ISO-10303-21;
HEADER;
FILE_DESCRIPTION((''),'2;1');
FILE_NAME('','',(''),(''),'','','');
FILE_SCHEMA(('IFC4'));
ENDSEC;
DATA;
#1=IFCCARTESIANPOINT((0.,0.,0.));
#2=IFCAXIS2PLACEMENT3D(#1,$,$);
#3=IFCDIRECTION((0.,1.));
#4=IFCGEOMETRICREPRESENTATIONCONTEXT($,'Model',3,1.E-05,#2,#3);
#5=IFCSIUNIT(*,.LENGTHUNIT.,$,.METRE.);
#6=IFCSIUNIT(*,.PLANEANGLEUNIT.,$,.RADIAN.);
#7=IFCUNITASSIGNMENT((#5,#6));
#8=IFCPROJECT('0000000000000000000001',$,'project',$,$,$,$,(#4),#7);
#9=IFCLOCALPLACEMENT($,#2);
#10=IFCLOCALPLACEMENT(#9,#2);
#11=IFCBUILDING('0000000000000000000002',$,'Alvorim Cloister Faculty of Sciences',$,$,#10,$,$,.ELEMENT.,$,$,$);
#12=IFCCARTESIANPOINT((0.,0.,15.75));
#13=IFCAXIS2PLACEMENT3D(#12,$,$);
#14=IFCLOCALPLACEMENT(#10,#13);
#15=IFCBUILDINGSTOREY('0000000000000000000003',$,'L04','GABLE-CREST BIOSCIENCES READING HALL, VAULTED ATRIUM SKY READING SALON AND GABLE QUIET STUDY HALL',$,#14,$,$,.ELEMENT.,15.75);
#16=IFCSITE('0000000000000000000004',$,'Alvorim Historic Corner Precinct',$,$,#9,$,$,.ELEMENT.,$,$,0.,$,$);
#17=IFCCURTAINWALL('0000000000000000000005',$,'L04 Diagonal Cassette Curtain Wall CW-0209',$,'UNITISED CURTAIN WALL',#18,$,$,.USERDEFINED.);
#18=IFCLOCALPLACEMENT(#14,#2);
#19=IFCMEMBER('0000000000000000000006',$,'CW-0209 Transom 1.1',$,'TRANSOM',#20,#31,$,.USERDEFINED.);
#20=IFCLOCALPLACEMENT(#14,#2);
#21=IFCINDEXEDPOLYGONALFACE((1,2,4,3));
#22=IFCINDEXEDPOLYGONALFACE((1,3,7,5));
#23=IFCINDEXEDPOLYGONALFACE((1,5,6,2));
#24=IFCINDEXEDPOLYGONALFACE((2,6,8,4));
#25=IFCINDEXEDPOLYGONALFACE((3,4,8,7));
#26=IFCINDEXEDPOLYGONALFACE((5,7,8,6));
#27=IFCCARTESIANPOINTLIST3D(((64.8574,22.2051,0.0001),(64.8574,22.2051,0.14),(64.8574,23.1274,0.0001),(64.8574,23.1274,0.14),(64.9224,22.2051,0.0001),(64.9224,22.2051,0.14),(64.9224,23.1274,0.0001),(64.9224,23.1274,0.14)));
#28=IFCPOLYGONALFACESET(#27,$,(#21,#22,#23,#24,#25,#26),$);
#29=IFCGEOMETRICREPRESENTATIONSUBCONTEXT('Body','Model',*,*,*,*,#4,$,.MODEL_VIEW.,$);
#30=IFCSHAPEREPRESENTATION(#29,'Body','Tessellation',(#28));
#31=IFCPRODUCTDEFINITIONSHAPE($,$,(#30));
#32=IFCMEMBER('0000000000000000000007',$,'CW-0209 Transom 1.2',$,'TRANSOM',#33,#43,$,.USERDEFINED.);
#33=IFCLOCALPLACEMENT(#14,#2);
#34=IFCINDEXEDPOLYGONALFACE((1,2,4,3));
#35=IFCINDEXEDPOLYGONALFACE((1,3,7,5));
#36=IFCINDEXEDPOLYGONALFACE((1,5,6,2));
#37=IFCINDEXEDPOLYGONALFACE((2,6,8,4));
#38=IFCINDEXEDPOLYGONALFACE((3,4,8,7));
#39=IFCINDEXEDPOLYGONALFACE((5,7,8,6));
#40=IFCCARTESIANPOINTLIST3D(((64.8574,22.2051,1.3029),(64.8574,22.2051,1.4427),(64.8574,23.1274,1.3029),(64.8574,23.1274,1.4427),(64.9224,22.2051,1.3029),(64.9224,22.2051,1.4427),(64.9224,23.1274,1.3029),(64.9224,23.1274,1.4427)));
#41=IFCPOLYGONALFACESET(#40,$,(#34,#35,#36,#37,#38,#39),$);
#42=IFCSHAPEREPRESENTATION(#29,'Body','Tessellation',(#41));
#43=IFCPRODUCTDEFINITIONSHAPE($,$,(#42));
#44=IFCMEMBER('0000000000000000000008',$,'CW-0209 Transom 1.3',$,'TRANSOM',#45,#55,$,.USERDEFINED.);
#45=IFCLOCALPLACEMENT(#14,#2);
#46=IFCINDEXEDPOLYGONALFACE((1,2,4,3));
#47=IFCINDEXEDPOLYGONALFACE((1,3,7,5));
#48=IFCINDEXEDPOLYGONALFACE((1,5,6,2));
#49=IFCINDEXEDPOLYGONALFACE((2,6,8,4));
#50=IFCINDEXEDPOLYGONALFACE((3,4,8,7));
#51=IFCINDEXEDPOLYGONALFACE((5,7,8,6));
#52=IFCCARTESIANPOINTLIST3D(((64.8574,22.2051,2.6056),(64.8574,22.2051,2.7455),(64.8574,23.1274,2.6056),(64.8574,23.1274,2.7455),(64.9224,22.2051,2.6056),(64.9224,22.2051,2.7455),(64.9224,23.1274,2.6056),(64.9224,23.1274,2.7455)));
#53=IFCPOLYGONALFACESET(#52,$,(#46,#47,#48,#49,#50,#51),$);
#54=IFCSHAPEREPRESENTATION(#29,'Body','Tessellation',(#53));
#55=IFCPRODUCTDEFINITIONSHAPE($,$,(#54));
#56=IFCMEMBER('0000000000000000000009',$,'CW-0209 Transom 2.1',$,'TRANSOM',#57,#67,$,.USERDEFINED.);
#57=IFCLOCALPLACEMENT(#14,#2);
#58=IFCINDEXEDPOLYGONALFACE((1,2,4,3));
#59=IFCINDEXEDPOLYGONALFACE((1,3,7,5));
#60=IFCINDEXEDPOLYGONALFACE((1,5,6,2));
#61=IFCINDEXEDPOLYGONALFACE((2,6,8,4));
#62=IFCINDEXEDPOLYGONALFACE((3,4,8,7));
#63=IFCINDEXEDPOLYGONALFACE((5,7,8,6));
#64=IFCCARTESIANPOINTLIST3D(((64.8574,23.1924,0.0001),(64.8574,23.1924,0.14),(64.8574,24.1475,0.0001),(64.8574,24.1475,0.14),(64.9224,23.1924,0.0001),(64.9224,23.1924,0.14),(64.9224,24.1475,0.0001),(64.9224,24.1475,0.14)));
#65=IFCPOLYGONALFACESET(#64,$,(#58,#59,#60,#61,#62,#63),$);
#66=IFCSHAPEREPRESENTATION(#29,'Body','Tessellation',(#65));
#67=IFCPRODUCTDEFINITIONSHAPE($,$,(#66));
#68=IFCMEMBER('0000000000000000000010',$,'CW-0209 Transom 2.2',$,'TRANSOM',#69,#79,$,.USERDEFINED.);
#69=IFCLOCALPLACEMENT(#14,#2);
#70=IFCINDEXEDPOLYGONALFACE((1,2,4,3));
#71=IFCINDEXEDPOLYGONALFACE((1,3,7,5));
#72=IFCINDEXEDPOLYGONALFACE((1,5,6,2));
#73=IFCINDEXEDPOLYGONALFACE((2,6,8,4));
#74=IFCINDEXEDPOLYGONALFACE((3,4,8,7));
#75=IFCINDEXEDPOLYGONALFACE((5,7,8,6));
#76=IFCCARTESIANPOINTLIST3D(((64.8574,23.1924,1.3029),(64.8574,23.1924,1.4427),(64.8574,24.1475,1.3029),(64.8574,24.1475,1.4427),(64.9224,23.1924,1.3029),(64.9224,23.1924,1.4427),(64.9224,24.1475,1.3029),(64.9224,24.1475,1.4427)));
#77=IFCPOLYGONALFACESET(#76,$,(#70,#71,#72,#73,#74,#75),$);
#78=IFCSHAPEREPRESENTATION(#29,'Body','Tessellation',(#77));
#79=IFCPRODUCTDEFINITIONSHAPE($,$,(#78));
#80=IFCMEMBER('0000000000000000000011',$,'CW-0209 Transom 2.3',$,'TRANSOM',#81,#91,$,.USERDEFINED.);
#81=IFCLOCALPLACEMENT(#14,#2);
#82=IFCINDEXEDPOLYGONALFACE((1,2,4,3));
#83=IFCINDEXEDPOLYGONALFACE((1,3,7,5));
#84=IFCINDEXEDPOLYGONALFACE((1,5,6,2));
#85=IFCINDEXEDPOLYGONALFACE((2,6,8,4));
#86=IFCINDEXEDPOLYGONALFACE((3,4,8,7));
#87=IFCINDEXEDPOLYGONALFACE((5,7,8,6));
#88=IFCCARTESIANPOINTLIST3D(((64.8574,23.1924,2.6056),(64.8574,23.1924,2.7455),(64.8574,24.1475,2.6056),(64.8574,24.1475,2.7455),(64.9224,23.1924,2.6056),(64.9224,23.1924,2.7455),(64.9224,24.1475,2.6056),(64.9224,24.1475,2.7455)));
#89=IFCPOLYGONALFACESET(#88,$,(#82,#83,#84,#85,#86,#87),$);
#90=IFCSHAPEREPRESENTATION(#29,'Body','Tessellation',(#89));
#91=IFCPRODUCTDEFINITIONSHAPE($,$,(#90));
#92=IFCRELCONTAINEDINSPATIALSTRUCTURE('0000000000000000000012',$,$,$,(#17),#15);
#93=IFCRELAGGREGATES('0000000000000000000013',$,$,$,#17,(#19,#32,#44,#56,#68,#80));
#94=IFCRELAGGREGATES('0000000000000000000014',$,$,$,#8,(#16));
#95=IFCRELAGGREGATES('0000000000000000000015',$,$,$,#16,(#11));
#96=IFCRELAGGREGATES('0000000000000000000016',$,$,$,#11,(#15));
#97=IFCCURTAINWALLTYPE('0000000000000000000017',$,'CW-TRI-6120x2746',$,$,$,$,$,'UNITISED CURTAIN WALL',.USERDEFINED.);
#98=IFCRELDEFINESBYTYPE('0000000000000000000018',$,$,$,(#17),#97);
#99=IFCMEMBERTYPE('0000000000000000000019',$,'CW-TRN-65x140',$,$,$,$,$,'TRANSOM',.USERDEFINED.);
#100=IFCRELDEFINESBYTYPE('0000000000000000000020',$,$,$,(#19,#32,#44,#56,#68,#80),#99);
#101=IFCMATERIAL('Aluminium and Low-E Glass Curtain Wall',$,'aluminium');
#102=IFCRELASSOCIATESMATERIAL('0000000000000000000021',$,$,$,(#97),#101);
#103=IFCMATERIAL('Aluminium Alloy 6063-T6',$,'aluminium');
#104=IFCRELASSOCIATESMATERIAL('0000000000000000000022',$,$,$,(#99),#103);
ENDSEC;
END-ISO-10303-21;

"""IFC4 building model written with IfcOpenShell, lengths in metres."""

from ifc_helpers import new_model, si_unit, direction, frame, origin, origin_2d, place, context, subcontext, project, spatial, rectangle, extrude, material, material_profile, profile_set, type_object, element, aggregate, save


model = new_model("IFC4")

# Units and contexts
model_context = context("Model", 3, precision=1e-05, world=origin(), true_north=direction((0.0, 1.0)))
body_context = subcontext(model_context, "Body", "Model", "MODEL_VIEW")
ifc_project = project(units=[si_unit("LENGTHUNIT", "METRE"), si_unit("PLANEANGLEUNIT", "RADIAN")], contexts=[model_context])

# Site, building, storey
site_placement = place(None, origin())
site = spatial("IfcSite", under=ifc_project, at=site_placement, Name="Alvorim Historic Corner Precinct", CompositionType="ELEMENT", RefElevation=0.0)
building_placement = place(site_placement, origin())
building = spatial("IfcBuilding", under=site, at=building_placement, Name="Alvorim Cloister Faculty of Sciences", CompositionType="ELEMENT")
storey_placement = place(building_placement, frame((0.0, 0.0, 15.75)))
storey = spatial("IfcBuildingStorey", under=building, at=storey_placement, Name="L04", Description="GABLE-CREST BIOSCIENCES READING HALL, VAULTED ATRIUM SKY READING SALON AND GABLE QUIET STUDY HALL", CompositionType="ELEMENT", Elevation=15.75)

# Curtain wall
ifc_material_1 = material(Name="Aluminium and Low-E Glass Curtain Wall", Category="aluminium")
ifc_material_2 = material(Name="Aluminium Alloy 6063-T6", Category="aluminium")
curtain_wall_type_1 = type_object("IfcCurtainWallType", Name="CW-TRI-6120x2746", ElementType="UNITISED CURTAIN WALL", PredefinedType="USERDEFINED", material=ifc_material_1)
curtain_wall_1_placement = place(storey_placement, origin())
curtain_wall_1 = element("IfcCurtainWall", 1, at=curtain_wall_1_placement, inside=storey, type_object=curtain_wall_type_1, Name="L04 Diagonal Cassette Curtain Wall CW-0209", ObjectType="UNITISED CURTAIN WALL", PredefinedType="USERDEFINED")

# Members
ifc_material_profile_1 = material_profile(ifc_material_2, rectangle(XDim=0.0649, YDim=0.1399, at=origin_2d()), Name="ALU-TRN-65x140")
ifc_profile_set_1 = profile_set([ifc_material_profile_1], Name="Aluminium Alloy 6063-T6")
member_type_1 = type_object("IfcMemberType", Name="CW-TRN-65x140", ElementType="TRANSOM", PredefinedType="USERDEFINED", material=ifc_profile_set_1)
member_1_placement = place(storey_placement, frame((64.8899, 22.2051, 0.0701), z_axis=(0.0, 1.0, 0.0), x_axis=(-1.0, 0.0, 0.0)))
member_1 = element("IfcMember", 2, at=member_1_placement, type_object=member_type_1, Name="CW-0209 Transom 1.1", ObjectType="TRANSOM", PredefinedType="USERDEFINED", context=body_context, shape_type="SweptSolid", body=[
    extrude(rectangle(XDim=0.0649, YDim=0.1399, at=origin_2d()), origin(), (0.0, 0.0, 1.0), 0.9224),
])
member_2_placement = place(storey_placement, frame((64.8899, 22.2051, 1.3728), z_axis=(0.0, 1.0, 0.0), x_axis=(-1.0, 0.0, 0.0)))
member_2 = element("IfcMember", 3, at=member_2_placement, type_object=member_type_1, Name="CW-0209 Transom 1.2", ObjectType="TRANSOM", PredefinedType="USERDEFINED", context=body_context, shape_type="SweptSolid", body=[
    extrude(rectangle(XDim=0.0649, YDim=0.1399, at=origin_2d()), origin(), (0.0, 0.0, 1.0), 0.9224),
])
member_3_placement = place(storey_placement, frame((64.8899, 22.2051, 2.6755), z_axis=(0.0, 1.0, 0.0), x_axis=(-1.0, 0.0, 0.0)))
member_3 = element("IfcMember", 4, at=member_3_placement, type_object=member_type_1, Name="CW-0209 Transom 1.3", ObjectType="TRANSOM", PredefinedType="USERDEFINED", context=body_context, shape_type="SweptSolid", body=[
    extrude(rectangle(XDim=0.0649, YDim=0.1399, at=origin_2d()), origin(), (0.0, 0.0, 1.0), 0.9224),
])
member_4_placement = place(storey_placement, frame((64.8899, 23.1924, 0.0701), z_axis=(0.0, 1.0, 0.0), x_axis=(-1.0, 0.0, 0.0)))
member_4 = element("IfcMember", 5, at=member_4_placement, type_object=member_type_1, Name="CW-0209 Transom 2.1", ObjectType="TRANSOM", PredefinedType="USERDEFINED", context=body_context, shape_type="SweptSolid", body=[
    extrude(rectangle(XDim=0.0649, YDim=0.1399, at=origin_2d()), origin(), (0.0, 0.0, 1.0), 0.9551),
])
member_5_placement = place(storey_placement, frame((64.8899, 23.1924, 1.3728), z_axis=(0.0, 1.0, 0.0), x_axis=(-1.0, 0.0, 0.0)))
member_5 = element("IfcMember", 6, at=member_5_placement, type_object=member_type_1, Name="CW-0209 Transom 2.2", ObjectType="TRANSOM", PredefinedType="USERDEFINED", context=body_context, shape_type="SweptSolid", body=[
    extrude(rectangle(XDim=0.0649, YDim=0.1399, at=origin_2d()), origin(), (0.0, 0.0, 1.0), 0.9551),
])
member_6_placement = place(storey_placement, frame((64.8899, 23.1924, 2.6755), z_axis=(0.0, 1.0, 0.0), x_axis=(-1.0, 0.0, 0.0)))
member_6 = element("IfcMember", 7, at=member_6_placement, type_object=member_type_1, Name="CW-0209 Transom 2.3", ObjectType="TRANSOM", PredefinedType="USERDEFINED", context=body_context, shape_type="SweptSolid", body=[
    extrude(rectangle(XDim=0.0649, YDim=0.1399, at=origin_2d()), origin(), (0.0, 0.0, 1.0), 0.9551),
])
aggregate(curtain_wall_1, [member_1, member_2, member_3, member_4, member_5, member_6])

save(model, "model.ifc")
